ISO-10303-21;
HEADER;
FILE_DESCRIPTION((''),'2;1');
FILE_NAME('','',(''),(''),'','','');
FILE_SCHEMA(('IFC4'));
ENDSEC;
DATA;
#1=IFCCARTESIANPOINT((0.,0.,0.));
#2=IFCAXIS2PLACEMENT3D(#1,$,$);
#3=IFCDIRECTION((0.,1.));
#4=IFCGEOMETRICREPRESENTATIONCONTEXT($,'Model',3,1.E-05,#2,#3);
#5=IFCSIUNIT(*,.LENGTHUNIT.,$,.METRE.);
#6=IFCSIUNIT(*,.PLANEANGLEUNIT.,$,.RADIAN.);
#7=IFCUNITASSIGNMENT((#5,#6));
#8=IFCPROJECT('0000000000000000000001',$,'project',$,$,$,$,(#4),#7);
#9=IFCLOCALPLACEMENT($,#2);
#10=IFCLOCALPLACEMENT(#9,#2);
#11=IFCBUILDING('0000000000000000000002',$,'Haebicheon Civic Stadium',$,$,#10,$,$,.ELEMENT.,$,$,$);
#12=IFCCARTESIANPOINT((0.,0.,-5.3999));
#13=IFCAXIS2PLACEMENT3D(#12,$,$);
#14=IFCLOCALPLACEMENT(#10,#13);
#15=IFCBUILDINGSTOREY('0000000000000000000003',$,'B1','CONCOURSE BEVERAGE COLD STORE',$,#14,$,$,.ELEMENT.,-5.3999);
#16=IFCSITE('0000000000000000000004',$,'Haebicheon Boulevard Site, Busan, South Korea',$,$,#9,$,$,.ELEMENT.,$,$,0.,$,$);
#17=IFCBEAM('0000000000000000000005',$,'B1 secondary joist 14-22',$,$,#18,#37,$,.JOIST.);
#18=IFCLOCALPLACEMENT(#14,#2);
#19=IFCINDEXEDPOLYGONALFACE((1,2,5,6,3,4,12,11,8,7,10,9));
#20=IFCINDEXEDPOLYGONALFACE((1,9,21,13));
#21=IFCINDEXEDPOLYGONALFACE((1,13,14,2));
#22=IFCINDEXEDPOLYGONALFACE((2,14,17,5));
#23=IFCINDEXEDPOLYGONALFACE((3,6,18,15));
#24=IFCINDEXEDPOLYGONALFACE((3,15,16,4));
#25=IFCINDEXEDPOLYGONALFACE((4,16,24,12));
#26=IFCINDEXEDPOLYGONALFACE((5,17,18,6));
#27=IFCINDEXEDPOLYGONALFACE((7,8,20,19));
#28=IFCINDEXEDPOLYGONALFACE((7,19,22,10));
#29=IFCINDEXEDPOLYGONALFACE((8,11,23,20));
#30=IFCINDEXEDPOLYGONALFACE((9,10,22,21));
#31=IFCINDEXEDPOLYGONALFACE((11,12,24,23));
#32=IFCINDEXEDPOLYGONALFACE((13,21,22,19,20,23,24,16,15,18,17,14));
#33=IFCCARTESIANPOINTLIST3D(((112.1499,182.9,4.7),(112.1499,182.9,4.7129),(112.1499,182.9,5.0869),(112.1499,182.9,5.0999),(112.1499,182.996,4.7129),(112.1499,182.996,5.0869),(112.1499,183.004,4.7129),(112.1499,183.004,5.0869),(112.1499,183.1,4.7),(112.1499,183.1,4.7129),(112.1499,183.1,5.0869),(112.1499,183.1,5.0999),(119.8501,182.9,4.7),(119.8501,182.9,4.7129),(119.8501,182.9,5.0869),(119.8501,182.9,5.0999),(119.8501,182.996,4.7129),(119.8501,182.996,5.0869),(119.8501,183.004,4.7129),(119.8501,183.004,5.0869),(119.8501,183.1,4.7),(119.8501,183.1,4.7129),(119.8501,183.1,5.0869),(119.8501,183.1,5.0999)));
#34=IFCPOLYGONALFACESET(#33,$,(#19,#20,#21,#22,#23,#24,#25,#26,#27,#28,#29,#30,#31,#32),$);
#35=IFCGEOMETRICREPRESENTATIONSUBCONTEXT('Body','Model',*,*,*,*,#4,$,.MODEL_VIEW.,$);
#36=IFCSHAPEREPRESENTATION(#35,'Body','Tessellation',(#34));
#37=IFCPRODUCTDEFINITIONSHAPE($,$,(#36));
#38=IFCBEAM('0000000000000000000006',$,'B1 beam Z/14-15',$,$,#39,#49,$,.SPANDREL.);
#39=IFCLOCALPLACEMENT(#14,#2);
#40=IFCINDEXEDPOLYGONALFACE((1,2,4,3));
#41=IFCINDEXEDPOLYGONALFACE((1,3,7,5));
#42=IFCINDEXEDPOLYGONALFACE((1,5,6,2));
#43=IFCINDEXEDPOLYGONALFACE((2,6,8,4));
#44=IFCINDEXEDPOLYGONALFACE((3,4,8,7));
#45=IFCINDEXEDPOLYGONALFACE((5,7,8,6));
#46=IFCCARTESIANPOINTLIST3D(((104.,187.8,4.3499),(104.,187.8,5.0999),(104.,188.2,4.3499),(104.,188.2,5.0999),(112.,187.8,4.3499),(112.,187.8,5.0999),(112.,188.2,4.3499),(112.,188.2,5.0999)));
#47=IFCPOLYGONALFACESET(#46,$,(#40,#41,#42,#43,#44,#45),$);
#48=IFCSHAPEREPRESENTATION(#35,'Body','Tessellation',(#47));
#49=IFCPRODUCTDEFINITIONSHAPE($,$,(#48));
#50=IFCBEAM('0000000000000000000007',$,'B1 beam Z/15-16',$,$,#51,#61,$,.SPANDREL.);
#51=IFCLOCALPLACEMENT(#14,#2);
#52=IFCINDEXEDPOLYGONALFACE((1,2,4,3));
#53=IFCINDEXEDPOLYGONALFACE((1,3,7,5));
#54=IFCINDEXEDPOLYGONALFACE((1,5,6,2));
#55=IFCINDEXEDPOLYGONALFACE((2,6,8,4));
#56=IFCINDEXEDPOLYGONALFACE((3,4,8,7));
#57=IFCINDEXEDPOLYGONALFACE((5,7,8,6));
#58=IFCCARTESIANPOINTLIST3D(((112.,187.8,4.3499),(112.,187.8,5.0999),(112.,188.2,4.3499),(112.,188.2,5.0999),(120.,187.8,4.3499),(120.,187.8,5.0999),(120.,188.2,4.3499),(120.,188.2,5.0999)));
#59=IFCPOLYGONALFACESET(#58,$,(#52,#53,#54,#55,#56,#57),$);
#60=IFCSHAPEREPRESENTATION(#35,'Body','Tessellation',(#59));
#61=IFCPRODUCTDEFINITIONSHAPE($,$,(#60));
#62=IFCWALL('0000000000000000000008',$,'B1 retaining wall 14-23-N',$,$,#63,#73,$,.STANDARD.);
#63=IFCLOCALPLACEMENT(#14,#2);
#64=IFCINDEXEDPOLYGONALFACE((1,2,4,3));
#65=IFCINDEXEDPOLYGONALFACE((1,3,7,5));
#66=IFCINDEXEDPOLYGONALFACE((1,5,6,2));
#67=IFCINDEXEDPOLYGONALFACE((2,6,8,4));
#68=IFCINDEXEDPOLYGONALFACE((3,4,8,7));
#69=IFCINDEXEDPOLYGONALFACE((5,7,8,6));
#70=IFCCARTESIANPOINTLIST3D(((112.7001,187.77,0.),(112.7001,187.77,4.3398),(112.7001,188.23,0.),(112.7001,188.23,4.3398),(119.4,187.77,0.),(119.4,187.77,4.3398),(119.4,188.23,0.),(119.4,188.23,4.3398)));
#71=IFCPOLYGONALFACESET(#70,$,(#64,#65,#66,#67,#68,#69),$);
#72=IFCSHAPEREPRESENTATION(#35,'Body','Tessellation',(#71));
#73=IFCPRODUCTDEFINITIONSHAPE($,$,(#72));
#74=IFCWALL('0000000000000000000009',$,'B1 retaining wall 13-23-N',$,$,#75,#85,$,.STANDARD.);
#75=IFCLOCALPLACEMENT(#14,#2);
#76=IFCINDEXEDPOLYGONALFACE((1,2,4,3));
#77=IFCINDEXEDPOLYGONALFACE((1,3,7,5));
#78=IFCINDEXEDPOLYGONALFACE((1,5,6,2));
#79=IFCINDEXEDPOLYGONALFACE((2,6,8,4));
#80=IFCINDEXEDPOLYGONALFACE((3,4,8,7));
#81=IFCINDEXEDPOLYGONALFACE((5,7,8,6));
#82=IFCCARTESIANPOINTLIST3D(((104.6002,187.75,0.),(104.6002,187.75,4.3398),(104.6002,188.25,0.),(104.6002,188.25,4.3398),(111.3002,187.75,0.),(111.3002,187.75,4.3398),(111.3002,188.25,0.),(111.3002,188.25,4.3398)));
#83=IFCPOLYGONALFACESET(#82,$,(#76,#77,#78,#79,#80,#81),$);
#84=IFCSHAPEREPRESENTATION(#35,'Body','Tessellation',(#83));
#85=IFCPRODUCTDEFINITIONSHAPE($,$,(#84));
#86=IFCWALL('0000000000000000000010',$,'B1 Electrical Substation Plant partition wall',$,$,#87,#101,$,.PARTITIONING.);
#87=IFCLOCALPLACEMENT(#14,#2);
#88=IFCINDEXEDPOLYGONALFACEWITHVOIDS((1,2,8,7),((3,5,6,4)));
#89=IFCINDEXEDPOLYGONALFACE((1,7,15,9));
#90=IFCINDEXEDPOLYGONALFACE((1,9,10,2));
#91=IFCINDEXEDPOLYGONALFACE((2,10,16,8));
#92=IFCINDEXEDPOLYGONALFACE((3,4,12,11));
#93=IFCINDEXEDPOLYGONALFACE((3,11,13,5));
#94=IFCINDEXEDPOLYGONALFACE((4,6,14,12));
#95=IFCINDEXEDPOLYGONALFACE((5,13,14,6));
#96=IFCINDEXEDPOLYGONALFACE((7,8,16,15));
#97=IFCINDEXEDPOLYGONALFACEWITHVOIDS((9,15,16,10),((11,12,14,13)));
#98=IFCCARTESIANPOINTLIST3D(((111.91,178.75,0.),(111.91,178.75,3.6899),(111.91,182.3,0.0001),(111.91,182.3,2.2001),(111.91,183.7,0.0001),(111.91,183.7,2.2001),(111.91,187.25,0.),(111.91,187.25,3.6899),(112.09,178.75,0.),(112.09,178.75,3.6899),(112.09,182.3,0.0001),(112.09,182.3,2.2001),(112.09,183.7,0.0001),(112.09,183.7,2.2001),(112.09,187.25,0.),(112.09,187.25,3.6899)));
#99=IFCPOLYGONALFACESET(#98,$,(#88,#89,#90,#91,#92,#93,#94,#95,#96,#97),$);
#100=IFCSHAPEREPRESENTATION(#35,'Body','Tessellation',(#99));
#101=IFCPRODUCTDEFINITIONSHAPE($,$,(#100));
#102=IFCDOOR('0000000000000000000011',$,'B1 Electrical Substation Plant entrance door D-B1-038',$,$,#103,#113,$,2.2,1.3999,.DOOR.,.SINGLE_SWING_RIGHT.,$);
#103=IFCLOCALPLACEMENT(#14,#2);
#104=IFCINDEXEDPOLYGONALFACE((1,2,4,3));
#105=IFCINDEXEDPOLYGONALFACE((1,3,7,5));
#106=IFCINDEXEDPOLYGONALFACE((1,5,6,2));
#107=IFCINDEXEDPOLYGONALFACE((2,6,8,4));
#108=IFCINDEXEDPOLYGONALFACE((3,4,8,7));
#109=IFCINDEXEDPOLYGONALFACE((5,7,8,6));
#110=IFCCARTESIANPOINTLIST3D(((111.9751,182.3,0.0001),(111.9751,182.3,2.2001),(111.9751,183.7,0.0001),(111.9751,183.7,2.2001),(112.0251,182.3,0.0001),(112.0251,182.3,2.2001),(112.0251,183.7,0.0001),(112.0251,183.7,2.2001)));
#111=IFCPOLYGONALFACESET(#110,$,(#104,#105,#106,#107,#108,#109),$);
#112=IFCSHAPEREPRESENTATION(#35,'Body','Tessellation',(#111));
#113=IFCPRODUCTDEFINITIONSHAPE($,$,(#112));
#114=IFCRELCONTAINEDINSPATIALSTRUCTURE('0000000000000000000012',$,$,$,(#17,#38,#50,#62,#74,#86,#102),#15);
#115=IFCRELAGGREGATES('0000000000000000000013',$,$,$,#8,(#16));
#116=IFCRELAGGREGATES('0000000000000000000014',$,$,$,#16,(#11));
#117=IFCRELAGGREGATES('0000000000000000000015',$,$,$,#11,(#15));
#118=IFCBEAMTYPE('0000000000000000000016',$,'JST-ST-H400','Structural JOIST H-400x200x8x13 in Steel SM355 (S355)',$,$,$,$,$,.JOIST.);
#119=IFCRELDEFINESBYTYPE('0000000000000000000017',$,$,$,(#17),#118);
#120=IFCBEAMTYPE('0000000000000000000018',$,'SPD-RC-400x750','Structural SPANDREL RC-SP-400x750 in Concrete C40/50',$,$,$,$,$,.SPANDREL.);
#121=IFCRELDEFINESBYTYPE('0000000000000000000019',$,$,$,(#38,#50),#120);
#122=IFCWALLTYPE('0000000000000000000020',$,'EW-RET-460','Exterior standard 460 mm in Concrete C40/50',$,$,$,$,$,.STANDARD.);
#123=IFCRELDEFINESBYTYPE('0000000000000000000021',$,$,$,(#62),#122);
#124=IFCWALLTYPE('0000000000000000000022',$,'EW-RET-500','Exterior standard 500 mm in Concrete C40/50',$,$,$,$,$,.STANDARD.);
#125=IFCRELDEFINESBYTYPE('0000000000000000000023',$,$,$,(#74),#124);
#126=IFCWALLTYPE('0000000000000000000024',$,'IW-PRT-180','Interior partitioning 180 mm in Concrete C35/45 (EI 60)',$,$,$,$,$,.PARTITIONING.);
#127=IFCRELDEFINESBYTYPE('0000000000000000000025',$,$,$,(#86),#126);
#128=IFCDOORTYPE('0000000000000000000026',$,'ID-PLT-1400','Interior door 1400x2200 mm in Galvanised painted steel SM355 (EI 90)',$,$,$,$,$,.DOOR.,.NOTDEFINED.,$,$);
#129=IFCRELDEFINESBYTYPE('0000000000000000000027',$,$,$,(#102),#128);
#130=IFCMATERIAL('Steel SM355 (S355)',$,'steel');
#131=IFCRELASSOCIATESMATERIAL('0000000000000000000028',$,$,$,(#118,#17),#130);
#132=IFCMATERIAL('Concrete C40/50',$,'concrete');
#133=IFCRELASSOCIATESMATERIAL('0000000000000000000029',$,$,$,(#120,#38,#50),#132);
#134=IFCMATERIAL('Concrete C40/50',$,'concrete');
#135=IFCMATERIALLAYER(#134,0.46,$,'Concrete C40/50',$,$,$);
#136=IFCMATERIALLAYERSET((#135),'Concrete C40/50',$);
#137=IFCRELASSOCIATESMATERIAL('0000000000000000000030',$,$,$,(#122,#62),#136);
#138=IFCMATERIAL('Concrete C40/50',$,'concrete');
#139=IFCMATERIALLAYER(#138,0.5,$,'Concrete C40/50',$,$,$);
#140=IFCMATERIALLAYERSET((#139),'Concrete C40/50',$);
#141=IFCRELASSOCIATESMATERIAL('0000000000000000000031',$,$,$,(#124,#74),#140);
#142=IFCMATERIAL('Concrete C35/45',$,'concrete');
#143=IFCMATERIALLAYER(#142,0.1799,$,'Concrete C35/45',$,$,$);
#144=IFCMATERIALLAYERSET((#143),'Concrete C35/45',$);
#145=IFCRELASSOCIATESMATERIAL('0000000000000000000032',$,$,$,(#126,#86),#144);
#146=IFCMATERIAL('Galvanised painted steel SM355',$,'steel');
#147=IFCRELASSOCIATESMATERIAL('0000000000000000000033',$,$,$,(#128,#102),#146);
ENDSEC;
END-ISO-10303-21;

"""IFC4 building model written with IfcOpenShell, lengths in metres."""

from ifc_helpers import new_model, si_unit, direction, frame, frame_2d, origin, origin_2d, place, context, subcontext, project, spatial, rectangle, i_section, extrude, material, layer, layer_set, material_profile, profile_set, type_object, element, fill, save


model = new_model("IFC4")

# Units and contexts
model_context = context("Model", 3, precision=1e-05, world=origin(), true_north=direction((0.0, 1.0)))
body_context = subcontext(model_context, "Body", "Model", "MODEL_VIEW")
ifc_project = project(units=[si_unit("LENGTHUNIT", "METRE"), si_unit("PLANEANGLEUNIT", "RADIAN")], contexts=[model_context])

# Site, building, storey
site_placement = place(None, origin())
site = spatial("IfcSite", under=ifc_project, at=site_placement, Name="Haebicheon Boulevard Site, Busan, South Korea", CompositionType="ELEMENT", RefElevation=0.0)
building_placement = place(site_placement, origin())
building = spatial("IfcBuilding", under=site, at=building_placement, Name="Haebicheon Civic Stadium", CompositionType="ELEMENT")
storey_placement = place(building_placement, frame((0.0, 0.0, -5.3999)))
storey = spatial("IfcBuildingStorey", under=building, at=storey_placement, Name="B1", Description="CONCOURSE BEVERAGE COLD STORE", CompositionType="ELEMENT", Elevation=-5.3999)

# Beams
ifc_material_1 = material(Name="Steel SM355 (S355)", Category="steel")
ifc_material_profile_1 = material_profile(ifc_material_1, i_section(OverallWidth=0.2, OverallDepth=0.3999, WebThickness=0.0081, FlangeThickness=0.0129, at=origin_2d()), Name="H-400x200x8x13")
ifc_profile_set_1 = profile_set([ifc_material_profile_1], Name="Steel SM355 (S355)")
beam_type_1 = type_object("IfcBeamType", Name="JST-ST-H400", Description="Structural JOIST H-400x200x8x13 in Steel SM355 (S355)", PredefinedType="JOIST", material=ifc_profile_set_1)
for number, where, z_axis, x_axis, name in (
    (1, (112.1499, 183.0, 4.8999), (1.0, 0.0, 0.0), (0.0, 1.0, 0.0), "B1 secondary joist 14-22"),
):
    element("IfcBeam", number, at=place(storey_placement, frame(where, z_axis=z_axis, x_axis=x_axis)), inside=storey, type_object=beam_type_1, material=ifc_profile_set_1, Name=name, PredefinedType="JOIST", context=body_context, shape_type="SweptSolid", body=[
        extrude(i_section(OverallWidth=0.2, OverallDepth=0.3999, WebThickness=0.0081, FlangeThickness=0.0129, at=origin_2d()), origin(), (0.0, 0.0, 1.0), 7.7002),
    ])
ifc_material_2 = material(Name="Concrete C40/50", Category="concrete")
ifc_material_profile_2 = material_profile(ifc_material_2, rectangle(XDim=0.3999, YDim=0.75, at=origin_2d()), Name="RC-SP-400x750")
ifc_profile_set_2 = profile_set([ifc_material_profile_2], Name="Concrete C40/50")
beam_type_2 = type_object("IfcBeamType", Name="SPD-RC-400x750", Description="Structural SPANDREL RC-SP-400x750 in Concrete C40/50", PredefinedType="SPANDREL", material=ifc_profile_set_2)
for number, where, z_axis, x_axis, name in (
    (2, (104.0, 188.0, 4.7249), (1.0, 0.0, 0.0), (0.0, 1.0, 0.0), "B1 beam Z/14-15"),
    (3, (112.0, 188.0, 4.7249), (1.0, 0.0, 0.0), (0.0, 1.0, 0.0), "B1 beam Z/15-16"),
):
    element("IfcBeam", number, at=place(storey_placement, frame(where, z_axis=z_axis, x_axis=x_axis)), inside=storey, type_object=beam_type_2, material=ifc_profile_set_2, Name=name, PredefinedType="SPANDREL", context=body_context, shape_type="SweptSolid", body=[
        extrude(rectangle(XDim=0.3999, YDim=0.75, at=origin_2d()), origin(), (0.0, 0.0, 1.0), 8.0),
    ])

# Walls
ifc_material_3 = material(Name="Concrete C40/50", Category="concrete")
ifc_layer_1 = layer(ifc_material_3, 0.46, Name="Concrete C40/50")
ifc_layer_set_1 = layer_set([ifc_layer_1], Name="Concrete C40/50")
wall_type_1 = type_object("IfcWallType", Name="EW-RET-460", Description="Exterior standard 460 mm in Concrete C40/50", PredefinedType="STANDARD", material=ifc_layer_set_1)
wall_1_placement = place(storey_placement, frame((112.7, 188.0, 0.0), z_axis=(0.0, 0.0, 1.0), x_axis=(1.0, 0.0, 0.0)))
element("IfcWall", 4, at=wall_1_placement, inside=storey, type_object=wall_type_1, material=ifc_layer_set_1, Name="B1 retaining wall 14-23-N", PredefinedType="STANDARD", context=body_context, shape_type="SweptSolid", body=[
    extrude(rectangle(XDim=6.7, YDim=0.46, at=frame_2d((3.3501, 0.0))), origin(), (0.0, 0.0, 1.0), 4.3398),
])
ifc_material_4 = material(Name="Concrete C40/50", Category="concrete")
ifc_layer_2 = layer(ifc_material_4, 0.5, Name="Concrete C40/50")
ifc_layer_set_2 = layer_set([ifc_layer_2], Name="Concrete C40/50")
wall_type_2 = type_object("IfcWallType", Name="EW-RET-500", Description="Exterior standard 500 mm in Concrete C40/50", PredefinedType="STANDARD", material=ifc_layer_set_2)
wall_2_placement = place(storey_placement, frame((104.6001, 188.0, 0.0), z_axis=(0.0, 0.0, 1.0), x_axis=(1.0, 0.0, 0.0)))
element("IfcWall", 5, at=wall_2_placement, inside=storey, type_object=wall_type_2, material=ifc_layer_set_2, Name="B1 retaining wall 13-23-N", PredefinedType="STANDARD", context=body_context, shape_type="SweptSolid", body=[
    extrude(rectangle(XDim=6.7, YDim=0.5, at=frame_2d((3.3501, 0.0))), origin(), (0.0, 0.0, 1.0), 4.3398),
])

# Wall, opening, door
ifc_material_5 = material(Name="Concrete C35/45", Category="concrete")
ifc_layer_3 = layer(ifc_material_5, 0.1799, Name="Concrete C35/45")
ifc_layer_set_3 = layer_set([ifc_layer_3], Name="Concrete C35/45")
wall_type_3 = type_object("IfcWallType", Name="IW-PRT-180", Description="Interior partitioning 180 mm in Concrete C35/45 (EI 60)", PredefinedType="PARTITIONING", material=ifc_layer_set_3)
wall_3_placement = place(storey_placement, frame((112.0, 178.75, 0.0), z_axis=(0.0, 0.0, 1.0), x_axis=(0.0, 1.0, 0.0)))
wall_3 = element("IfcWall", 6, at=wall_3_placement, inside=storey, type_object=wall_type_3, material=ifc_layer_set_3, Name="B1 Electrical Substation Plant partition wall", PredefinedType="PARTITIONING", context=body_context, shape_type="SweptSolid", body=[
    extrude(rectangle(XDim=8.5, YDim=0.1799, at=frame_2d((4.25, 0.0))), origin(), (0.0, 0.0, 1.0), 3.6899),
])
opening_placement = place(wall_3_placement, frame((3.55, 0.0, 0.0)))
opening = element("IfcOpeningElement", 7, at=opening_placement, cuts=wall_3, PredefinedType="OPENING", context=body_context, shape_type="SweptSolid", body=[
    extrude(rectangle(XDim=1.3999, YDim=2.2, at=frame_2d((0.7, 1.1001))), frame((0.0, 0.0999, 0.0), z_axis=(0.0, -1.0, 0.0), x_axis=(1.0, 0.0, 0.0)), (0.0, 0.0, 1.0), 0.2),
])
ifc_material_6 = material(Name="Galvanised painted steel SM355", Category="steel")
door_type = type_object("IfcDoorType", Name="ID-PLT-1400", Description="Interior door 1400x2200 mm in Galvanised painted steel SM355 (EI 90)", OperationType="NOTDEFINED", PredefinedType="DOOR", material=ifc_material_6)
door_placement = place(opening_placement, origin())
door = element("IfcDoor", 8, at=door_placement, inside=storey, type_object=door_type, material=ifc_material_6, Name="B1 Electrical Substation Plant entrance door D-B1-038", OperationType="SINGLE_SWING_RIGHT", OverallHeight=2.2, OverallWidth=1.3999, PredefinedType="DOOR", context=body_context, shape_type="SweptSolid", body=[
    extrude(rectangle(XDim=1.3999, YDim=2.2, at=frame_2d((0.7, 1.1001))), frame((0.0, 0.0249, 0.0), z_axis=(0.0, -1.0, 0.0), x_axis=(1.0, 0.0, 0.0)), (0.0, 0.0, 1.0), 0.05),
])
fill(opening, door)

save(model, "model.ifc")
